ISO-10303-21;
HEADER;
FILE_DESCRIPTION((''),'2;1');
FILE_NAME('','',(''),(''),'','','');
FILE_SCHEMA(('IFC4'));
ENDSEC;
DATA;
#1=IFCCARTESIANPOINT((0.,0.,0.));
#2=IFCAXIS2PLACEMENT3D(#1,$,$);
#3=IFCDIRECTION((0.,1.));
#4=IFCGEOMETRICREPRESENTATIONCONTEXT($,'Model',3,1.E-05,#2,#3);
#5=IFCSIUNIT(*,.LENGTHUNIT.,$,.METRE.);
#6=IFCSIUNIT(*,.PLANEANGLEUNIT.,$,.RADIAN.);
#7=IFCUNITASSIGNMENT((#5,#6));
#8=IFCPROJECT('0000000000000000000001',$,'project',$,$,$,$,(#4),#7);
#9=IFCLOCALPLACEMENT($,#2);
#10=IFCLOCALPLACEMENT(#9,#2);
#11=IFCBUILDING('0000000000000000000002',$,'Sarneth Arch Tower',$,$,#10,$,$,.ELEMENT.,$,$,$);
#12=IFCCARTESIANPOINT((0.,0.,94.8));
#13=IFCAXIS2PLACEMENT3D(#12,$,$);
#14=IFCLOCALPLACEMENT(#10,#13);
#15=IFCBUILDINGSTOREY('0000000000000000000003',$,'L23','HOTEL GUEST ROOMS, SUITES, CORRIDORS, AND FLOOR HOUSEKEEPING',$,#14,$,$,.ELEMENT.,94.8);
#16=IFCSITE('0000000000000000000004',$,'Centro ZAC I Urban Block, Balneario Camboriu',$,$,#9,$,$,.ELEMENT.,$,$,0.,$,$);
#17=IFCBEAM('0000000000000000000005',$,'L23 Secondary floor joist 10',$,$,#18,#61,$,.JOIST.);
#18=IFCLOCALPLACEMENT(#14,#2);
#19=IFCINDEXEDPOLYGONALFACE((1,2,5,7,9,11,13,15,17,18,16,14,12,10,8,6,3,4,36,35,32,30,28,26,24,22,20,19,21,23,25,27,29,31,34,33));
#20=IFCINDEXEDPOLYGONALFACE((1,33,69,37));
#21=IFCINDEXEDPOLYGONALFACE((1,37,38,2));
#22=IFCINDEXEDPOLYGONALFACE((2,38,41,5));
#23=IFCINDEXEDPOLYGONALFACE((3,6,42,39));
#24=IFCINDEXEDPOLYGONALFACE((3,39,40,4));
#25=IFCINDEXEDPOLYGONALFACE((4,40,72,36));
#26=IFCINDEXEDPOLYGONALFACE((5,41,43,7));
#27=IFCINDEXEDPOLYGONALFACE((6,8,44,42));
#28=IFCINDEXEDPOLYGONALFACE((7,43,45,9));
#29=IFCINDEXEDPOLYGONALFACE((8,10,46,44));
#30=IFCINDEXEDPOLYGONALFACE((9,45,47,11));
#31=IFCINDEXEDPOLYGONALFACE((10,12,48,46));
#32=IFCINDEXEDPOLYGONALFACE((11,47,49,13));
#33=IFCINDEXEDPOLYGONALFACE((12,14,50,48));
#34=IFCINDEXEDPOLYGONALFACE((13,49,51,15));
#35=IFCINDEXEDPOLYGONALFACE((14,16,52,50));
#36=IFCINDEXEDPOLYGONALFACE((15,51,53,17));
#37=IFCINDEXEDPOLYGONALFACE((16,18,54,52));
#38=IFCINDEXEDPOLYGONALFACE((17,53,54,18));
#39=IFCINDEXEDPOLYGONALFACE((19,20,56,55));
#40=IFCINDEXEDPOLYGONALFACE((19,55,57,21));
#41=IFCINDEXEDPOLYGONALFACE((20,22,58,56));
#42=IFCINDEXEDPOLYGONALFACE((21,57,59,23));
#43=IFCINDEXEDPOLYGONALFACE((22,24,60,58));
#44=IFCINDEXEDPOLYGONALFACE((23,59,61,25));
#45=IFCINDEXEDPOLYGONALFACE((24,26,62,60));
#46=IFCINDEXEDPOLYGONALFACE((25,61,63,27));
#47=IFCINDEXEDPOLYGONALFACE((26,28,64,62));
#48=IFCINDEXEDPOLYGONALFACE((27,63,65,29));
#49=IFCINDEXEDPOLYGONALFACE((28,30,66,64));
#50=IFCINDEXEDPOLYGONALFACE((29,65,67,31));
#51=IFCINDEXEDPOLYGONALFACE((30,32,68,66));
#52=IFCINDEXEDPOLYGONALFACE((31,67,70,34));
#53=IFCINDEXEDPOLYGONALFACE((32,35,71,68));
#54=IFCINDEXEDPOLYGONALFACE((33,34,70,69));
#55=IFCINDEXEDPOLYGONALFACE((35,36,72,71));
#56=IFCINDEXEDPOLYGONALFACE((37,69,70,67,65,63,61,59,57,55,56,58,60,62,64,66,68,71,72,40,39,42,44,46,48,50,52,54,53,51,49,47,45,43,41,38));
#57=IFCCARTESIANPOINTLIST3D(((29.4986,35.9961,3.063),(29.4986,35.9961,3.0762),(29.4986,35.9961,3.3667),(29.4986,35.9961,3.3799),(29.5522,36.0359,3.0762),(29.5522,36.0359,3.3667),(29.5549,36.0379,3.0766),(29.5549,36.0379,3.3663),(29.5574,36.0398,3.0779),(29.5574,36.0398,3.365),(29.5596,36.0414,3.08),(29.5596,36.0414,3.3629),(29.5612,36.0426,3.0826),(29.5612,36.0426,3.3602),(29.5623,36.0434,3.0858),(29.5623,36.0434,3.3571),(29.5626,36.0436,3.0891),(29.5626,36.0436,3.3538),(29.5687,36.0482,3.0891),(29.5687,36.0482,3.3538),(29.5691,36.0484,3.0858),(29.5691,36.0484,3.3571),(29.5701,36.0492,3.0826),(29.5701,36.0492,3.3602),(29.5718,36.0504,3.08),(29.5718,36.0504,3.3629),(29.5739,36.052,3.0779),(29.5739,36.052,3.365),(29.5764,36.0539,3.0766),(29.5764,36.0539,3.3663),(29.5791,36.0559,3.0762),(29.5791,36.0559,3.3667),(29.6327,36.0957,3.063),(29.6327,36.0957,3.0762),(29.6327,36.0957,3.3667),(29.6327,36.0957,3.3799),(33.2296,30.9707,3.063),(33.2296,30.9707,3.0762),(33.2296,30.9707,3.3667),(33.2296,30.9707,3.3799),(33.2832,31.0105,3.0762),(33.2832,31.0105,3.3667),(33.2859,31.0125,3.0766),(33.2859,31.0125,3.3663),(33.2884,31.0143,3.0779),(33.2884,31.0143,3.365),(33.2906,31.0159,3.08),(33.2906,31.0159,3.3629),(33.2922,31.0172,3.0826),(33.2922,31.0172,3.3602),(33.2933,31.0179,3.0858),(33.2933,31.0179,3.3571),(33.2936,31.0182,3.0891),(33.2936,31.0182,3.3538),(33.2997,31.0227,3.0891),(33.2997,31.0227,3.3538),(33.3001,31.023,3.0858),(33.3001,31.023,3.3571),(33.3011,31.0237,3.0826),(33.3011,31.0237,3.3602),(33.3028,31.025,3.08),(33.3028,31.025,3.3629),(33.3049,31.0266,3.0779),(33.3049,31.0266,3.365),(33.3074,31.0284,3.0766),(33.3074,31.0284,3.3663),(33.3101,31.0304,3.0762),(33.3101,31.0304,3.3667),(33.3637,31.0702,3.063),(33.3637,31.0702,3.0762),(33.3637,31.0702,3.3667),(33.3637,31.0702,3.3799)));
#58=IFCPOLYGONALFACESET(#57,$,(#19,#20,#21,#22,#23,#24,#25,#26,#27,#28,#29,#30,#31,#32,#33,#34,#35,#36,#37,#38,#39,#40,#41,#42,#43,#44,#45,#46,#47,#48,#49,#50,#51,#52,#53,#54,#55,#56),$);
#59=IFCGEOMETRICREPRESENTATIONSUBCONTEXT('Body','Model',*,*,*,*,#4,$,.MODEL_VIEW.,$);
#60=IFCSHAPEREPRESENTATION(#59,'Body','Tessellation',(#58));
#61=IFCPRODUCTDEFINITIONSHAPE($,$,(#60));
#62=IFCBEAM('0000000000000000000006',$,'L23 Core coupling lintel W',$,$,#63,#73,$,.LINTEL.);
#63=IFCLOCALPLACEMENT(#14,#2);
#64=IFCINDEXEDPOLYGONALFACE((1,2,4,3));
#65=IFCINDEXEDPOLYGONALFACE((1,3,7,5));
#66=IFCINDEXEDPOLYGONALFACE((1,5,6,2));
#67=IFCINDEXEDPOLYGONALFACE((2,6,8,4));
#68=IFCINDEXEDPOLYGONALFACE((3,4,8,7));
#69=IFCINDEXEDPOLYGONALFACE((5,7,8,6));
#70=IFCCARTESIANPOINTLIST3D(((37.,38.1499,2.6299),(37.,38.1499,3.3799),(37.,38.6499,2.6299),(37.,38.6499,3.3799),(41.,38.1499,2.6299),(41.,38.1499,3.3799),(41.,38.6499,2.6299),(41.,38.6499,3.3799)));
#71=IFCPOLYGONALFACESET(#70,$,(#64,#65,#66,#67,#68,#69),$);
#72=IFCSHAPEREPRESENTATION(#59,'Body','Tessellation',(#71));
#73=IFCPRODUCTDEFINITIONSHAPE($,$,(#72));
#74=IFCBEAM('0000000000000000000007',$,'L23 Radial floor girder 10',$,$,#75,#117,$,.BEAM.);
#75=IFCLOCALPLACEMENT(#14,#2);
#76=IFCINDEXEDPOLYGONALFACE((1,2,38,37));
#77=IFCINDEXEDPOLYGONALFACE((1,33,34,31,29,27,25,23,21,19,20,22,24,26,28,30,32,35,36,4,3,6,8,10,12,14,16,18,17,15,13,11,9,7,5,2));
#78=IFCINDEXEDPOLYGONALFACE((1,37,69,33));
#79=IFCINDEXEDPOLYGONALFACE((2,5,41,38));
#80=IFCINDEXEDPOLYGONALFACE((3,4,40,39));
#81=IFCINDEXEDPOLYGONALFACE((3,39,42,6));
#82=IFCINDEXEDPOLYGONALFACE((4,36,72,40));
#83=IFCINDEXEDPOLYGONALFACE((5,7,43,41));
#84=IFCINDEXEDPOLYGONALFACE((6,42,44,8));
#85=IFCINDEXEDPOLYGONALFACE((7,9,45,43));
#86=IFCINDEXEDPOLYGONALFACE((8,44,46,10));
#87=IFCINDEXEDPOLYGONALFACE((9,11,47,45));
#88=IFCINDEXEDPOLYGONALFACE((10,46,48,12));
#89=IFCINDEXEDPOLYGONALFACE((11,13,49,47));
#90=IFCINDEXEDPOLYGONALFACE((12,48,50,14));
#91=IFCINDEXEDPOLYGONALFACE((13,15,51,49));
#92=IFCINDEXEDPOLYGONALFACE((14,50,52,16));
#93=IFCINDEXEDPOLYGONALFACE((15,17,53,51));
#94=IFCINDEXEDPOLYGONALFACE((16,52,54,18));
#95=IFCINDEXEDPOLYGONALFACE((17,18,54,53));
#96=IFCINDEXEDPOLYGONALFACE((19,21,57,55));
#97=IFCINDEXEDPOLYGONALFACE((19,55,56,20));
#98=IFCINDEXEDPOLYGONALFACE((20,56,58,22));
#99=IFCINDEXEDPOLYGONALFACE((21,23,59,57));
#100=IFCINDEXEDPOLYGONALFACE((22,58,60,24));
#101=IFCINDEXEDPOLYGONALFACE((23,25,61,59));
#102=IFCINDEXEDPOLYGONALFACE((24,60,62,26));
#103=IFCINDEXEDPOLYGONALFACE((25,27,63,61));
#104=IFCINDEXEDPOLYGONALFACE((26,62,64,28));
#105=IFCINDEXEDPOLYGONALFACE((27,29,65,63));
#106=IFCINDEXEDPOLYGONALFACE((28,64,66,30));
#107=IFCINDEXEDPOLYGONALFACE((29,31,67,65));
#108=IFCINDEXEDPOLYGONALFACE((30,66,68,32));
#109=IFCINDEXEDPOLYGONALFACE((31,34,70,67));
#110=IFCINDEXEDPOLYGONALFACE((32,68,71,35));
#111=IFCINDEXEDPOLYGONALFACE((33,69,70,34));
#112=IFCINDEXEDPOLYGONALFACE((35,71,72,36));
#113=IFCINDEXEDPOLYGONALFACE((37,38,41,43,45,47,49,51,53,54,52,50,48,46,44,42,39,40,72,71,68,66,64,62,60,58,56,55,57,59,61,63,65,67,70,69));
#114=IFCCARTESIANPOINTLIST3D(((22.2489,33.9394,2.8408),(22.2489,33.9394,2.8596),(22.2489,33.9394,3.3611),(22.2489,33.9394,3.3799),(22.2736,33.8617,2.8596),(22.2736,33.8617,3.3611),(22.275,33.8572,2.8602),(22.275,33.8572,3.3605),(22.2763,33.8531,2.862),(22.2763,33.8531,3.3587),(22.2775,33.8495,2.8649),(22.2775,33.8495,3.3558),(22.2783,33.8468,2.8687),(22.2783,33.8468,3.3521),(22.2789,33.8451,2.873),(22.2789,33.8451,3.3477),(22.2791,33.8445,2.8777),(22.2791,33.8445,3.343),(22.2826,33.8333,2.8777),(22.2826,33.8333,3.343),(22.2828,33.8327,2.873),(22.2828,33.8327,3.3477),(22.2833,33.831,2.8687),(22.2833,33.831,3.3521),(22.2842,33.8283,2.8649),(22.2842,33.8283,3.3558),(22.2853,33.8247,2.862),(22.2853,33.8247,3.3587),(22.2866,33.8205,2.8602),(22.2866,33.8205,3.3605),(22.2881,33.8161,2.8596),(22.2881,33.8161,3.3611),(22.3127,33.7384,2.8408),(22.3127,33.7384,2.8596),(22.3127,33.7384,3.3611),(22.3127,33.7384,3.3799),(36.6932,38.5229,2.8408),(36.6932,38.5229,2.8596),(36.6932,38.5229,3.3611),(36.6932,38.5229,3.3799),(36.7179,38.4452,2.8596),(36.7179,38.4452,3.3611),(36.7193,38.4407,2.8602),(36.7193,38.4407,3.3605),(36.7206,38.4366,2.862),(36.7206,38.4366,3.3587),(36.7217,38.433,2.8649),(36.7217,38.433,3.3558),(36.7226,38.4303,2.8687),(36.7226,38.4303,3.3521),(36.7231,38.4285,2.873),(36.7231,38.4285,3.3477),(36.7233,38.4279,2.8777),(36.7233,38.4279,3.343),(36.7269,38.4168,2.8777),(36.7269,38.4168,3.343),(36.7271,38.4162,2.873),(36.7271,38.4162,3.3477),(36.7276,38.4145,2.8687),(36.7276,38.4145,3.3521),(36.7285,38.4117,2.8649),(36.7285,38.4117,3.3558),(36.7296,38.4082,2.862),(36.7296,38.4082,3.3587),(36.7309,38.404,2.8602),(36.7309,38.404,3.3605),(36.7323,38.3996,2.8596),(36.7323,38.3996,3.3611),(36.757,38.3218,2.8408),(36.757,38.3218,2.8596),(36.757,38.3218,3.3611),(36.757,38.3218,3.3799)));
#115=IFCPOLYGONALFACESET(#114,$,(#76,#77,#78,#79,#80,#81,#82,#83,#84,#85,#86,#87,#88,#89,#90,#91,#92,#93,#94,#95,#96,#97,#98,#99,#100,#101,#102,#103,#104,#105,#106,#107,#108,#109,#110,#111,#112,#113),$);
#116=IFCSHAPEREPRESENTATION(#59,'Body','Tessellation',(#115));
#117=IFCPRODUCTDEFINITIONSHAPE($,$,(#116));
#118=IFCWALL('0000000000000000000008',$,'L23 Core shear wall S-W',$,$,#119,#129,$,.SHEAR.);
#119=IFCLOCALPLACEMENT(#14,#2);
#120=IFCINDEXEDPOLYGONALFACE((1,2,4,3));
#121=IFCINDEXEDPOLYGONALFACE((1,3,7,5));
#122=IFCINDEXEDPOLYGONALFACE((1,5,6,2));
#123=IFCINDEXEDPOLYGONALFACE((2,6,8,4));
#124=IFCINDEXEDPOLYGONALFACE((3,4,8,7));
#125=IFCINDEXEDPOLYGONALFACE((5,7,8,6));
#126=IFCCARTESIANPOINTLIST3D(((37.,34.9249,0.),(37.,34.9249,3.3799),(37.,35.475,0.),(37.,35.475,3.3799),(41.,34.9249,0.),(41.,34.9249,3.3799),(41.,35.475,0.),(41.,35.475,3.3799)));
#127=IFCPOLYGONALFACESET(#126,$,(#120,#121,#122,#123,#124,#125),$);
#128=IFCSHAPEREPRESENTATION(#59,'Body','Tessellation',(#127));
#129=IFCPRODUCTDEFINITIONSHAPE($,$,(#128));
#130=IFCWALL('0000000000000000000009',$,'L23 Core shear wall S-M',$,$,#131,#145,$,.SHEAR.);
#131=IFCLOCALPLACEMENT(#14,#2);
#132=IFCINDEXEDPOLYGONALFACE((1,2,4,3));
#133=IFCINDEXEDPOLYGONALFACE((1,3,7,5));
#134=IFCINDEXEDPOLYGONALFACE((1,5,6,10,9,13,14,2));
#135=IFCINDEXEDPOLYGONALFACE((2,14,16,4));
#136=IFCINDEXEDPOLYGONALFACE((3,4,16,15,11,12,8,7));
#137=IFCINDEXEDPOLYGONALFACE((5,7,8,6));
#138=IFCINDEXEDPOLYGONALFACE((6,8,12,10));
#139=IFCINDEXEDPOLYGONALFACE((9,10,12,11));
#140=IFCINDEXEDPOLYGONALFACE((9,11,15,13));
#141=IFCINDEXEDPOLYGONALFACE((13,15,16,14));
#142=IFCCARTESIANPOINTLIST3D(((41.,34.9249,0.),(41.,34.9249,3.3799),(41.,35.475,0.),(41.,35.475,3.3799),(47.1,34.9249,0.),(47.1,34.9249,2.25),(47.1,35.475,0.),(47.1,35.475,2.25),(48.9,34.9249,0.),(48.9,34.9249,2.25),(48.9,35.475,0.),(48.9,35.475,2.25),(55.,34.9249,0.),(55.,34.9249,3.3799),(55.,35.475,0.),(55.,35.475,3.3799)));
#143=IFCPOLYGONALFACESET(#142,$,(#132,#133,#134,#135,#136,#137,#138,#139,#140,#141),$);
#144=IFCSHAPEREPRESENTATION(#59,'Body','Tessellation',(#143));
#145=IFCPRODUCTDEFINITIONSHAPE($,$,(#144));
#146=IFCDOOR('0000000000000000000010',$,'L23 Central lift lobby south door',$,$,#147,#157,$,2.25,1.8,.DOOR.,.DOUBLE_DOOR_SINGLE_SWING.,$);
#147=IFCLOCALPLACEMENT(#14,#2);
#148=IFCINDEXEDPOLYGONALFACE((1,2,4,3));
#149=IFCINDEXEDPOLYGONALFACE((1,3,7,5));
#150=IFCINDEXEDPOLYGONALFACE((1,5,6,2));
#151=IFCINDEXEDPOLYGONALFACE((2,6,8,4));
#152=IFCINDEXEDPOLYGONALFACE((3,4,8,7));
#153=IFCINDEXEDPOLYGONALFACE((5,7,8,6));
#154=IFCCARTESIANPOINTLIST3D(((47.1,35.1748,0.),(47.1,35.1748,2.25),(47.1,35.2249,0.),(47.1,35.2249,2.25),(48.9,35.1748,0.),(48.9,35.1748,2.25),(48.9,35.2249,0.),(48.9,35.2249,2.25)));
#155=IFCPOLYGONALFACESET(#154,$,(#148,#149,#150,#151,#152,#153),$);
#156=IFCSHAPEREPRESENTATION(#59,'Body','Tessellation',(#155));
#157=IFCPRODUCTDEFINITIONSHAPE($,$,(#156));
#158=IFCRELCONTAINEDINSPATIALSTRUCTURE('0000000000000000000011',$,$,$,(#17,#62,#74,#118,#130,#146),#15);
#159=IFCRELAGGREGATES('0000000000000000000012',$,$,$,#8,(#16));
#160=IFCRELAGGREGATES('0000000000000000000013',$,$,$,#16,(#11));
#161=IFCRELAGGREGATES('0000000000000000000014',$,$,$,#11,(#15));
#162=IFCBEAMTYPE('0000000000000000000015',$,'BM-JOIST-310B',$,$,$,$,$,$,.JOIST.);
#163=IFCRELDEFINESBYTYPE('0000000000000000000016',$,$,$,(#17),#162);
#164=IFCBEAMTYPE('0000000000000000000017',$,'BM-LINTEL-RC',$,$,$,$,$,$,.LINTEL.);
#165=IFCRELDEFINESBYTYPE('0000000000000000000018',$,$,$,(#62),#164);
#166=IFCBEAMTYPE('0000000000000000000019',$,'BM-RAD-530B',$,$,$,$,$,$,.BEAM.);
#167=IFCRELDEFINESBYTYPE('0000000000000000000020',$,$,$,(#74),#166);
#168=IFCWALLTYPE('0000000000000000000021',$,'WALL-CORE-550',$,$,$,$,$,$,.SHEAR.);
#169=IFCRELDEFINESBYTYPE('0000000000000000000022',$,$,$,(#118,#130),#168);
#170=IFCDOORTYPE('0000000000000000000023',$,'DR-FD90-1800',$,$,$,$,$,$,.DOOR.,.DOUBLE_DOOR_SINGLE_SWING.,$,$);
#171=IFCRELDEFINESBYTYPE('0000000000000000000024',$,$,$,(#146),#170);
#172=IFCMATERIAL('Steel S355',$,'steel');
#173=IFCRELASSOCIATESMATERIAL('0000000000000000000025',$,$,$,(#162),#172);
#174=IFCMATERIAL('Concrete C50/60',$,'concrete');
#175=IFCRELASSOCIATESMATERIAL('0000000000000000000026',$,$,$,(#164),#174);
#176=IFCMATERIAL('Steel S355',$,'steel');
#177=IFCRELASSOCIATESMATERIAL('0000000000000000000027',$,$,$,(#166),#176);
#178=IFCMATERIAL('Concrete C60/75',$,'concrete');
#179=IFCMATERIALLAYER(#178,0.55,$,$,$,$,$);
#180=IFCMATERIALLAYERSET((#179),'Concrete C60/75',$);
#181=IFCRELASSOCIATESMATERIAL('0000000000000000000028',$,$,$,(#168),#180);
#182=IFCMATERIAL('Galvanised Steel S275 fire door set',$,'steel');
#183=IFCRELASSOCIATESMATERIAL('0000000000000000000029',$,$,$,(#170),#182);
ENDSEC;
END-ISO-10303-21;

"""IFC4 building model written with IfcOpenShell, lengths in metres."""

from ifc_helpers import new_model, si_unit, direction, frame, frame_2d, origin, origin_2d, place, context, subcontext, project, spatial, rectangle, i_section, extrude, material, layer, layer_set, material_profile, profile_set, type_object, element, fill, save


model = new_model("IFC4")

# Units and contexts
model_context = context("Model", 3, precision=1e-05, world=origin(), true_north=direction((0.0, 1.0)))
body_context = subcontext(model_context, "Body", "Model", "MODEL_VIEW")
ifc_project = project(units=[si_unit("LENGTHUNIT", "METRE"), si_unit("PLANEANGLEUNIT", "RADIAN")], contexts=[model_context])

# Site, building, storey
site_placement = place(None, origin())
site = spatial("IfcSite", under=ifc_project, at=site_placement, Name="Centro ZAC I Urban Block, Balneario Camboriu", CompositionType="ELEMENT", RefElevation=0.0)
building_placement = place(site_placement, origin())
building = spatial("IfcBuilding", under=site, at=building_placement, Name="Sarneth Arch Tower", CompositionType="ELEMENT")
storey_placement = place(building_placement, frame((0.0, 0.0, 94.8)))
storey = spatial("IfcBuildingStorey", under=building, at=storey_placement, Name="L23", Description="HOTEL GUEST ROOMS, SUITES, CORRIDORS, AND FLOOR HOUSEKEEPING", CompositionType="ELEMENT", Elevation=94.8)

# Beams
ifc_material_1 = material(Name="Steel S355", Category="steel")
ifc_material_profile_1 = material_profile(ifc_material_1, i_section(OverallWidth=0.167, OverallDepth=0.3169, WebThickness=0.0076, FlangeThickness=0.0132, FilletRadius=0.0129, at=origin_2d()), Name="W310x52")
ifc_profile_set_1 = profile_set([ifc_material_profile_1], Name="Steel S355")
beam_type_1 = type_object("IfcBeamType", Name="BM-JOIST-310B", PredefinedType="JOIST", material=ifc_profile_set_1)
beam_1_placement = place(storey_placement, frame((29.5657, 36.0459, 3.2214), z_axis=(0.596098, -0.802911, 0.0), x_axis=(0.802911, 0.596098, 0.0)))
element("IfcBeam", 1, at=beam_1_placement, inside=storey, type_object=beam_type_1, Name="L23 Secondary floor joist 10", PredefinedType="JOIST", context=body_context, shape_type="SweptSolid", body=[
    extrude(i_section(OverallWidth=0.167, OverallDepth=0.3169, WebThickness=0.0076, FlangeThickness=0.0132, FilletRadius=0.0129, at=origin_2d()), origin(), (0.0, 0.0, 1.0), 6.259),
])
ifc_material_2 = material(Name="Concrete C50/60", Category="concrete")
ifc_material_profile_2 = material_profile(ifc_material_2, rectangle(XDim=0.5, YDim=0.75, at=origin_2d()), Name="RC-500x750")
ifc_profile_set_2 = profile_set([ifc_material_profile_2], Name="Concrete C50/60")
beam_type_2 = type_object("IfcBeamType", Name="BM-LINTEL-RC", PredefinedType="LINTEL", material=ifc_profile_set_2)
beam_2_placement = place(storey_placement, frame((37.0, 38.3999, 3.0049), z_axis=(1.0, 0.0, 0.0), x_axis=(0.0, 1.0, 0.0)))
element("IfcBeam", 2, at=beam_2_placement, inside=storey, type_object=beam_type_2, Name="L23 Core coupling lintel W", PredefinedType="LINTEL", context=body_context, shape_type="SweptSolid", body=[
    extrude(rectangle(XDim=0.5, YDim=0.75, at=origin_2d()), origin(), (0.0, 0.0, 1.0), 4.0),
])
ifc_material_3 = material(Name="Steel S355", Category="steel")
ifc_material_profile_3 = material_profile(ifc_material_3, i_section(OverallWidth=0.2109, OverallDepth=0.5391, WebThickness=0.0117, FlangeThickness=0.0188, FilletRadius=0.0181, at=origin_2d()), Name="W530x109")
ifc_profile_set_3 = profile_set([ifc_material_profile_3], Name="Steel S355")
beam_type_3 = type_object("IfcBeamType", Name="BM-RAD-530B", PredefinedType="BEAM", material=ifc_profile_set_3)
beam_3_placement = place(storey_placement, frame((36.7251, 38.4224, 3.1104), z_axis=(-0.953162, -0.302459, 0.0), x_axis=(0.302459, -0.953162, 0.0)))
element("IfcBeam", 3, at=beam_3_placement, inside=storey, type_object=beam_type_3, Name="L23 Radial floor girder 10", PredefinedType="BEAM", context=body_context, shape_type="SweptSolid", body=[
    extrude(i_section(OverallWidth=0.2109, OverallDepth=0.5391, WebThickness=0.0117, FlangeThickness=0.0188, FilletRadius=0.0181, at=origin_2d()), origin(), (0.0, 0.0, 1.0), 15.1541),
])

# Wall
ifc_material_4 = material(Name="Concrete C60/75", Category="concrete")
ifc_layer_1 = layer(ifc_material_4, 0.55)
ifc_layer_set_1 = layer_set([ifc_layer_1], Name="Concrete C60/75")
wall_type_1 = type_object("IfcWallType", Name="WALL-CORE-550", PredefinedType="SHEAR", material=ifc_layer_set_1)
wall_1_placement = place(storey_placement, frame((37.0, 35.2, 0.0), z_axis=(0.0, 0.0, 1.0), x_axis=(1.0, 0.0, 0.0)))
element("IfcWall", 4, at=wall_1_placement, inside=storey, type_object=wall_type_1, Name="L23 Core shear wall S-W", PredefinedType="SHEAR", context=body_context, shape_type="SweptSolid", body=[
    extrude(rectangle(XDim=4.0, YDim=0.55, at=frame_2d((2.0, 0.0))), origin(), (0.0, 0.0, 1.0), 3.3799),
])

# Wall, opening, door
wall_2_placement = place(storey_placement, frame((41.0, 35.2, 0.0), z_axis=(0.0, 0.0, 1.0), x_axis=(1.0, 0.0, 0.0)))
wall_2 = element("IfcWall", 5, at=wall_2_placement, inside=storey, type_object=wall_type_1, Name="L23 Core shear wall S-M", PredefinedType="SHEAR", context=body_context, shape_type="SweptSolid", body=[
    extrude(rectangle(XDim=14.0, YDim=0.55, at=frame_2d((7.0, 0.0))), origin(), (0.0, 0.0, 1.0), 3.3799),
])
opening_1_placement = place(wall_2_placement, frame((6.1001, 0.0, 0.0)))
opening_1 = element("IfcOpeningElement", 6, at=opening_1_placement, cuts=wall_2, PredefinedType="OPENING", context=body_context, shape_type="SweptSolid", body=[
    extrude(rectangle(XDim=1.8, YDim=2.25, at=frame_2d((0.8999, 1.125))), frame((0.0, 0.2849, 0.0), z_axis=(0.0, -1.0, 0.0), x_axis=(1.0, 0.0, 0.0)), (0.0, 0.0, 1.0), 0.5701),
])
ifc_material_5 = material(Name="Galvanised Steel S275 fire door set", Category="steel")
door_type_1 = type_object("IfcDoorType", Name="DR-FD90-1800", OperationType="DOUBLE_DOOR_SINGLE_SWING", PredefinedType="DOOR", material=ifc_material_5)
door_1_placement = place(opening_1_placement, origin())
door_1 = element("IfcDoor", 7, at=door_1_placement, inside=storey, type_object=door_type_1, Name="L23 Central lift lobby south door", OperationType="DOUBLE_DOOR_SINGLE_SWING", OverallHeight=2.25, OverallWidth=1.8, PredefinedType="DOOR", context=body_context, shape_type="SweptSolid", body=[
    extrude(rectangle(XDim=1.8, YDim=2.25, at=frame_2d((0.8999, 1.125))), frame((0.0, 0.0249, 0.0), z_axis=(0.0, -1.0, 0.0), x_axis=(1.0, 0.0, 0.0)), (0.0, 0.0, 1.0), 0.05),
])
fill(opening_1, door_1)

save(model, "model.ifc")
